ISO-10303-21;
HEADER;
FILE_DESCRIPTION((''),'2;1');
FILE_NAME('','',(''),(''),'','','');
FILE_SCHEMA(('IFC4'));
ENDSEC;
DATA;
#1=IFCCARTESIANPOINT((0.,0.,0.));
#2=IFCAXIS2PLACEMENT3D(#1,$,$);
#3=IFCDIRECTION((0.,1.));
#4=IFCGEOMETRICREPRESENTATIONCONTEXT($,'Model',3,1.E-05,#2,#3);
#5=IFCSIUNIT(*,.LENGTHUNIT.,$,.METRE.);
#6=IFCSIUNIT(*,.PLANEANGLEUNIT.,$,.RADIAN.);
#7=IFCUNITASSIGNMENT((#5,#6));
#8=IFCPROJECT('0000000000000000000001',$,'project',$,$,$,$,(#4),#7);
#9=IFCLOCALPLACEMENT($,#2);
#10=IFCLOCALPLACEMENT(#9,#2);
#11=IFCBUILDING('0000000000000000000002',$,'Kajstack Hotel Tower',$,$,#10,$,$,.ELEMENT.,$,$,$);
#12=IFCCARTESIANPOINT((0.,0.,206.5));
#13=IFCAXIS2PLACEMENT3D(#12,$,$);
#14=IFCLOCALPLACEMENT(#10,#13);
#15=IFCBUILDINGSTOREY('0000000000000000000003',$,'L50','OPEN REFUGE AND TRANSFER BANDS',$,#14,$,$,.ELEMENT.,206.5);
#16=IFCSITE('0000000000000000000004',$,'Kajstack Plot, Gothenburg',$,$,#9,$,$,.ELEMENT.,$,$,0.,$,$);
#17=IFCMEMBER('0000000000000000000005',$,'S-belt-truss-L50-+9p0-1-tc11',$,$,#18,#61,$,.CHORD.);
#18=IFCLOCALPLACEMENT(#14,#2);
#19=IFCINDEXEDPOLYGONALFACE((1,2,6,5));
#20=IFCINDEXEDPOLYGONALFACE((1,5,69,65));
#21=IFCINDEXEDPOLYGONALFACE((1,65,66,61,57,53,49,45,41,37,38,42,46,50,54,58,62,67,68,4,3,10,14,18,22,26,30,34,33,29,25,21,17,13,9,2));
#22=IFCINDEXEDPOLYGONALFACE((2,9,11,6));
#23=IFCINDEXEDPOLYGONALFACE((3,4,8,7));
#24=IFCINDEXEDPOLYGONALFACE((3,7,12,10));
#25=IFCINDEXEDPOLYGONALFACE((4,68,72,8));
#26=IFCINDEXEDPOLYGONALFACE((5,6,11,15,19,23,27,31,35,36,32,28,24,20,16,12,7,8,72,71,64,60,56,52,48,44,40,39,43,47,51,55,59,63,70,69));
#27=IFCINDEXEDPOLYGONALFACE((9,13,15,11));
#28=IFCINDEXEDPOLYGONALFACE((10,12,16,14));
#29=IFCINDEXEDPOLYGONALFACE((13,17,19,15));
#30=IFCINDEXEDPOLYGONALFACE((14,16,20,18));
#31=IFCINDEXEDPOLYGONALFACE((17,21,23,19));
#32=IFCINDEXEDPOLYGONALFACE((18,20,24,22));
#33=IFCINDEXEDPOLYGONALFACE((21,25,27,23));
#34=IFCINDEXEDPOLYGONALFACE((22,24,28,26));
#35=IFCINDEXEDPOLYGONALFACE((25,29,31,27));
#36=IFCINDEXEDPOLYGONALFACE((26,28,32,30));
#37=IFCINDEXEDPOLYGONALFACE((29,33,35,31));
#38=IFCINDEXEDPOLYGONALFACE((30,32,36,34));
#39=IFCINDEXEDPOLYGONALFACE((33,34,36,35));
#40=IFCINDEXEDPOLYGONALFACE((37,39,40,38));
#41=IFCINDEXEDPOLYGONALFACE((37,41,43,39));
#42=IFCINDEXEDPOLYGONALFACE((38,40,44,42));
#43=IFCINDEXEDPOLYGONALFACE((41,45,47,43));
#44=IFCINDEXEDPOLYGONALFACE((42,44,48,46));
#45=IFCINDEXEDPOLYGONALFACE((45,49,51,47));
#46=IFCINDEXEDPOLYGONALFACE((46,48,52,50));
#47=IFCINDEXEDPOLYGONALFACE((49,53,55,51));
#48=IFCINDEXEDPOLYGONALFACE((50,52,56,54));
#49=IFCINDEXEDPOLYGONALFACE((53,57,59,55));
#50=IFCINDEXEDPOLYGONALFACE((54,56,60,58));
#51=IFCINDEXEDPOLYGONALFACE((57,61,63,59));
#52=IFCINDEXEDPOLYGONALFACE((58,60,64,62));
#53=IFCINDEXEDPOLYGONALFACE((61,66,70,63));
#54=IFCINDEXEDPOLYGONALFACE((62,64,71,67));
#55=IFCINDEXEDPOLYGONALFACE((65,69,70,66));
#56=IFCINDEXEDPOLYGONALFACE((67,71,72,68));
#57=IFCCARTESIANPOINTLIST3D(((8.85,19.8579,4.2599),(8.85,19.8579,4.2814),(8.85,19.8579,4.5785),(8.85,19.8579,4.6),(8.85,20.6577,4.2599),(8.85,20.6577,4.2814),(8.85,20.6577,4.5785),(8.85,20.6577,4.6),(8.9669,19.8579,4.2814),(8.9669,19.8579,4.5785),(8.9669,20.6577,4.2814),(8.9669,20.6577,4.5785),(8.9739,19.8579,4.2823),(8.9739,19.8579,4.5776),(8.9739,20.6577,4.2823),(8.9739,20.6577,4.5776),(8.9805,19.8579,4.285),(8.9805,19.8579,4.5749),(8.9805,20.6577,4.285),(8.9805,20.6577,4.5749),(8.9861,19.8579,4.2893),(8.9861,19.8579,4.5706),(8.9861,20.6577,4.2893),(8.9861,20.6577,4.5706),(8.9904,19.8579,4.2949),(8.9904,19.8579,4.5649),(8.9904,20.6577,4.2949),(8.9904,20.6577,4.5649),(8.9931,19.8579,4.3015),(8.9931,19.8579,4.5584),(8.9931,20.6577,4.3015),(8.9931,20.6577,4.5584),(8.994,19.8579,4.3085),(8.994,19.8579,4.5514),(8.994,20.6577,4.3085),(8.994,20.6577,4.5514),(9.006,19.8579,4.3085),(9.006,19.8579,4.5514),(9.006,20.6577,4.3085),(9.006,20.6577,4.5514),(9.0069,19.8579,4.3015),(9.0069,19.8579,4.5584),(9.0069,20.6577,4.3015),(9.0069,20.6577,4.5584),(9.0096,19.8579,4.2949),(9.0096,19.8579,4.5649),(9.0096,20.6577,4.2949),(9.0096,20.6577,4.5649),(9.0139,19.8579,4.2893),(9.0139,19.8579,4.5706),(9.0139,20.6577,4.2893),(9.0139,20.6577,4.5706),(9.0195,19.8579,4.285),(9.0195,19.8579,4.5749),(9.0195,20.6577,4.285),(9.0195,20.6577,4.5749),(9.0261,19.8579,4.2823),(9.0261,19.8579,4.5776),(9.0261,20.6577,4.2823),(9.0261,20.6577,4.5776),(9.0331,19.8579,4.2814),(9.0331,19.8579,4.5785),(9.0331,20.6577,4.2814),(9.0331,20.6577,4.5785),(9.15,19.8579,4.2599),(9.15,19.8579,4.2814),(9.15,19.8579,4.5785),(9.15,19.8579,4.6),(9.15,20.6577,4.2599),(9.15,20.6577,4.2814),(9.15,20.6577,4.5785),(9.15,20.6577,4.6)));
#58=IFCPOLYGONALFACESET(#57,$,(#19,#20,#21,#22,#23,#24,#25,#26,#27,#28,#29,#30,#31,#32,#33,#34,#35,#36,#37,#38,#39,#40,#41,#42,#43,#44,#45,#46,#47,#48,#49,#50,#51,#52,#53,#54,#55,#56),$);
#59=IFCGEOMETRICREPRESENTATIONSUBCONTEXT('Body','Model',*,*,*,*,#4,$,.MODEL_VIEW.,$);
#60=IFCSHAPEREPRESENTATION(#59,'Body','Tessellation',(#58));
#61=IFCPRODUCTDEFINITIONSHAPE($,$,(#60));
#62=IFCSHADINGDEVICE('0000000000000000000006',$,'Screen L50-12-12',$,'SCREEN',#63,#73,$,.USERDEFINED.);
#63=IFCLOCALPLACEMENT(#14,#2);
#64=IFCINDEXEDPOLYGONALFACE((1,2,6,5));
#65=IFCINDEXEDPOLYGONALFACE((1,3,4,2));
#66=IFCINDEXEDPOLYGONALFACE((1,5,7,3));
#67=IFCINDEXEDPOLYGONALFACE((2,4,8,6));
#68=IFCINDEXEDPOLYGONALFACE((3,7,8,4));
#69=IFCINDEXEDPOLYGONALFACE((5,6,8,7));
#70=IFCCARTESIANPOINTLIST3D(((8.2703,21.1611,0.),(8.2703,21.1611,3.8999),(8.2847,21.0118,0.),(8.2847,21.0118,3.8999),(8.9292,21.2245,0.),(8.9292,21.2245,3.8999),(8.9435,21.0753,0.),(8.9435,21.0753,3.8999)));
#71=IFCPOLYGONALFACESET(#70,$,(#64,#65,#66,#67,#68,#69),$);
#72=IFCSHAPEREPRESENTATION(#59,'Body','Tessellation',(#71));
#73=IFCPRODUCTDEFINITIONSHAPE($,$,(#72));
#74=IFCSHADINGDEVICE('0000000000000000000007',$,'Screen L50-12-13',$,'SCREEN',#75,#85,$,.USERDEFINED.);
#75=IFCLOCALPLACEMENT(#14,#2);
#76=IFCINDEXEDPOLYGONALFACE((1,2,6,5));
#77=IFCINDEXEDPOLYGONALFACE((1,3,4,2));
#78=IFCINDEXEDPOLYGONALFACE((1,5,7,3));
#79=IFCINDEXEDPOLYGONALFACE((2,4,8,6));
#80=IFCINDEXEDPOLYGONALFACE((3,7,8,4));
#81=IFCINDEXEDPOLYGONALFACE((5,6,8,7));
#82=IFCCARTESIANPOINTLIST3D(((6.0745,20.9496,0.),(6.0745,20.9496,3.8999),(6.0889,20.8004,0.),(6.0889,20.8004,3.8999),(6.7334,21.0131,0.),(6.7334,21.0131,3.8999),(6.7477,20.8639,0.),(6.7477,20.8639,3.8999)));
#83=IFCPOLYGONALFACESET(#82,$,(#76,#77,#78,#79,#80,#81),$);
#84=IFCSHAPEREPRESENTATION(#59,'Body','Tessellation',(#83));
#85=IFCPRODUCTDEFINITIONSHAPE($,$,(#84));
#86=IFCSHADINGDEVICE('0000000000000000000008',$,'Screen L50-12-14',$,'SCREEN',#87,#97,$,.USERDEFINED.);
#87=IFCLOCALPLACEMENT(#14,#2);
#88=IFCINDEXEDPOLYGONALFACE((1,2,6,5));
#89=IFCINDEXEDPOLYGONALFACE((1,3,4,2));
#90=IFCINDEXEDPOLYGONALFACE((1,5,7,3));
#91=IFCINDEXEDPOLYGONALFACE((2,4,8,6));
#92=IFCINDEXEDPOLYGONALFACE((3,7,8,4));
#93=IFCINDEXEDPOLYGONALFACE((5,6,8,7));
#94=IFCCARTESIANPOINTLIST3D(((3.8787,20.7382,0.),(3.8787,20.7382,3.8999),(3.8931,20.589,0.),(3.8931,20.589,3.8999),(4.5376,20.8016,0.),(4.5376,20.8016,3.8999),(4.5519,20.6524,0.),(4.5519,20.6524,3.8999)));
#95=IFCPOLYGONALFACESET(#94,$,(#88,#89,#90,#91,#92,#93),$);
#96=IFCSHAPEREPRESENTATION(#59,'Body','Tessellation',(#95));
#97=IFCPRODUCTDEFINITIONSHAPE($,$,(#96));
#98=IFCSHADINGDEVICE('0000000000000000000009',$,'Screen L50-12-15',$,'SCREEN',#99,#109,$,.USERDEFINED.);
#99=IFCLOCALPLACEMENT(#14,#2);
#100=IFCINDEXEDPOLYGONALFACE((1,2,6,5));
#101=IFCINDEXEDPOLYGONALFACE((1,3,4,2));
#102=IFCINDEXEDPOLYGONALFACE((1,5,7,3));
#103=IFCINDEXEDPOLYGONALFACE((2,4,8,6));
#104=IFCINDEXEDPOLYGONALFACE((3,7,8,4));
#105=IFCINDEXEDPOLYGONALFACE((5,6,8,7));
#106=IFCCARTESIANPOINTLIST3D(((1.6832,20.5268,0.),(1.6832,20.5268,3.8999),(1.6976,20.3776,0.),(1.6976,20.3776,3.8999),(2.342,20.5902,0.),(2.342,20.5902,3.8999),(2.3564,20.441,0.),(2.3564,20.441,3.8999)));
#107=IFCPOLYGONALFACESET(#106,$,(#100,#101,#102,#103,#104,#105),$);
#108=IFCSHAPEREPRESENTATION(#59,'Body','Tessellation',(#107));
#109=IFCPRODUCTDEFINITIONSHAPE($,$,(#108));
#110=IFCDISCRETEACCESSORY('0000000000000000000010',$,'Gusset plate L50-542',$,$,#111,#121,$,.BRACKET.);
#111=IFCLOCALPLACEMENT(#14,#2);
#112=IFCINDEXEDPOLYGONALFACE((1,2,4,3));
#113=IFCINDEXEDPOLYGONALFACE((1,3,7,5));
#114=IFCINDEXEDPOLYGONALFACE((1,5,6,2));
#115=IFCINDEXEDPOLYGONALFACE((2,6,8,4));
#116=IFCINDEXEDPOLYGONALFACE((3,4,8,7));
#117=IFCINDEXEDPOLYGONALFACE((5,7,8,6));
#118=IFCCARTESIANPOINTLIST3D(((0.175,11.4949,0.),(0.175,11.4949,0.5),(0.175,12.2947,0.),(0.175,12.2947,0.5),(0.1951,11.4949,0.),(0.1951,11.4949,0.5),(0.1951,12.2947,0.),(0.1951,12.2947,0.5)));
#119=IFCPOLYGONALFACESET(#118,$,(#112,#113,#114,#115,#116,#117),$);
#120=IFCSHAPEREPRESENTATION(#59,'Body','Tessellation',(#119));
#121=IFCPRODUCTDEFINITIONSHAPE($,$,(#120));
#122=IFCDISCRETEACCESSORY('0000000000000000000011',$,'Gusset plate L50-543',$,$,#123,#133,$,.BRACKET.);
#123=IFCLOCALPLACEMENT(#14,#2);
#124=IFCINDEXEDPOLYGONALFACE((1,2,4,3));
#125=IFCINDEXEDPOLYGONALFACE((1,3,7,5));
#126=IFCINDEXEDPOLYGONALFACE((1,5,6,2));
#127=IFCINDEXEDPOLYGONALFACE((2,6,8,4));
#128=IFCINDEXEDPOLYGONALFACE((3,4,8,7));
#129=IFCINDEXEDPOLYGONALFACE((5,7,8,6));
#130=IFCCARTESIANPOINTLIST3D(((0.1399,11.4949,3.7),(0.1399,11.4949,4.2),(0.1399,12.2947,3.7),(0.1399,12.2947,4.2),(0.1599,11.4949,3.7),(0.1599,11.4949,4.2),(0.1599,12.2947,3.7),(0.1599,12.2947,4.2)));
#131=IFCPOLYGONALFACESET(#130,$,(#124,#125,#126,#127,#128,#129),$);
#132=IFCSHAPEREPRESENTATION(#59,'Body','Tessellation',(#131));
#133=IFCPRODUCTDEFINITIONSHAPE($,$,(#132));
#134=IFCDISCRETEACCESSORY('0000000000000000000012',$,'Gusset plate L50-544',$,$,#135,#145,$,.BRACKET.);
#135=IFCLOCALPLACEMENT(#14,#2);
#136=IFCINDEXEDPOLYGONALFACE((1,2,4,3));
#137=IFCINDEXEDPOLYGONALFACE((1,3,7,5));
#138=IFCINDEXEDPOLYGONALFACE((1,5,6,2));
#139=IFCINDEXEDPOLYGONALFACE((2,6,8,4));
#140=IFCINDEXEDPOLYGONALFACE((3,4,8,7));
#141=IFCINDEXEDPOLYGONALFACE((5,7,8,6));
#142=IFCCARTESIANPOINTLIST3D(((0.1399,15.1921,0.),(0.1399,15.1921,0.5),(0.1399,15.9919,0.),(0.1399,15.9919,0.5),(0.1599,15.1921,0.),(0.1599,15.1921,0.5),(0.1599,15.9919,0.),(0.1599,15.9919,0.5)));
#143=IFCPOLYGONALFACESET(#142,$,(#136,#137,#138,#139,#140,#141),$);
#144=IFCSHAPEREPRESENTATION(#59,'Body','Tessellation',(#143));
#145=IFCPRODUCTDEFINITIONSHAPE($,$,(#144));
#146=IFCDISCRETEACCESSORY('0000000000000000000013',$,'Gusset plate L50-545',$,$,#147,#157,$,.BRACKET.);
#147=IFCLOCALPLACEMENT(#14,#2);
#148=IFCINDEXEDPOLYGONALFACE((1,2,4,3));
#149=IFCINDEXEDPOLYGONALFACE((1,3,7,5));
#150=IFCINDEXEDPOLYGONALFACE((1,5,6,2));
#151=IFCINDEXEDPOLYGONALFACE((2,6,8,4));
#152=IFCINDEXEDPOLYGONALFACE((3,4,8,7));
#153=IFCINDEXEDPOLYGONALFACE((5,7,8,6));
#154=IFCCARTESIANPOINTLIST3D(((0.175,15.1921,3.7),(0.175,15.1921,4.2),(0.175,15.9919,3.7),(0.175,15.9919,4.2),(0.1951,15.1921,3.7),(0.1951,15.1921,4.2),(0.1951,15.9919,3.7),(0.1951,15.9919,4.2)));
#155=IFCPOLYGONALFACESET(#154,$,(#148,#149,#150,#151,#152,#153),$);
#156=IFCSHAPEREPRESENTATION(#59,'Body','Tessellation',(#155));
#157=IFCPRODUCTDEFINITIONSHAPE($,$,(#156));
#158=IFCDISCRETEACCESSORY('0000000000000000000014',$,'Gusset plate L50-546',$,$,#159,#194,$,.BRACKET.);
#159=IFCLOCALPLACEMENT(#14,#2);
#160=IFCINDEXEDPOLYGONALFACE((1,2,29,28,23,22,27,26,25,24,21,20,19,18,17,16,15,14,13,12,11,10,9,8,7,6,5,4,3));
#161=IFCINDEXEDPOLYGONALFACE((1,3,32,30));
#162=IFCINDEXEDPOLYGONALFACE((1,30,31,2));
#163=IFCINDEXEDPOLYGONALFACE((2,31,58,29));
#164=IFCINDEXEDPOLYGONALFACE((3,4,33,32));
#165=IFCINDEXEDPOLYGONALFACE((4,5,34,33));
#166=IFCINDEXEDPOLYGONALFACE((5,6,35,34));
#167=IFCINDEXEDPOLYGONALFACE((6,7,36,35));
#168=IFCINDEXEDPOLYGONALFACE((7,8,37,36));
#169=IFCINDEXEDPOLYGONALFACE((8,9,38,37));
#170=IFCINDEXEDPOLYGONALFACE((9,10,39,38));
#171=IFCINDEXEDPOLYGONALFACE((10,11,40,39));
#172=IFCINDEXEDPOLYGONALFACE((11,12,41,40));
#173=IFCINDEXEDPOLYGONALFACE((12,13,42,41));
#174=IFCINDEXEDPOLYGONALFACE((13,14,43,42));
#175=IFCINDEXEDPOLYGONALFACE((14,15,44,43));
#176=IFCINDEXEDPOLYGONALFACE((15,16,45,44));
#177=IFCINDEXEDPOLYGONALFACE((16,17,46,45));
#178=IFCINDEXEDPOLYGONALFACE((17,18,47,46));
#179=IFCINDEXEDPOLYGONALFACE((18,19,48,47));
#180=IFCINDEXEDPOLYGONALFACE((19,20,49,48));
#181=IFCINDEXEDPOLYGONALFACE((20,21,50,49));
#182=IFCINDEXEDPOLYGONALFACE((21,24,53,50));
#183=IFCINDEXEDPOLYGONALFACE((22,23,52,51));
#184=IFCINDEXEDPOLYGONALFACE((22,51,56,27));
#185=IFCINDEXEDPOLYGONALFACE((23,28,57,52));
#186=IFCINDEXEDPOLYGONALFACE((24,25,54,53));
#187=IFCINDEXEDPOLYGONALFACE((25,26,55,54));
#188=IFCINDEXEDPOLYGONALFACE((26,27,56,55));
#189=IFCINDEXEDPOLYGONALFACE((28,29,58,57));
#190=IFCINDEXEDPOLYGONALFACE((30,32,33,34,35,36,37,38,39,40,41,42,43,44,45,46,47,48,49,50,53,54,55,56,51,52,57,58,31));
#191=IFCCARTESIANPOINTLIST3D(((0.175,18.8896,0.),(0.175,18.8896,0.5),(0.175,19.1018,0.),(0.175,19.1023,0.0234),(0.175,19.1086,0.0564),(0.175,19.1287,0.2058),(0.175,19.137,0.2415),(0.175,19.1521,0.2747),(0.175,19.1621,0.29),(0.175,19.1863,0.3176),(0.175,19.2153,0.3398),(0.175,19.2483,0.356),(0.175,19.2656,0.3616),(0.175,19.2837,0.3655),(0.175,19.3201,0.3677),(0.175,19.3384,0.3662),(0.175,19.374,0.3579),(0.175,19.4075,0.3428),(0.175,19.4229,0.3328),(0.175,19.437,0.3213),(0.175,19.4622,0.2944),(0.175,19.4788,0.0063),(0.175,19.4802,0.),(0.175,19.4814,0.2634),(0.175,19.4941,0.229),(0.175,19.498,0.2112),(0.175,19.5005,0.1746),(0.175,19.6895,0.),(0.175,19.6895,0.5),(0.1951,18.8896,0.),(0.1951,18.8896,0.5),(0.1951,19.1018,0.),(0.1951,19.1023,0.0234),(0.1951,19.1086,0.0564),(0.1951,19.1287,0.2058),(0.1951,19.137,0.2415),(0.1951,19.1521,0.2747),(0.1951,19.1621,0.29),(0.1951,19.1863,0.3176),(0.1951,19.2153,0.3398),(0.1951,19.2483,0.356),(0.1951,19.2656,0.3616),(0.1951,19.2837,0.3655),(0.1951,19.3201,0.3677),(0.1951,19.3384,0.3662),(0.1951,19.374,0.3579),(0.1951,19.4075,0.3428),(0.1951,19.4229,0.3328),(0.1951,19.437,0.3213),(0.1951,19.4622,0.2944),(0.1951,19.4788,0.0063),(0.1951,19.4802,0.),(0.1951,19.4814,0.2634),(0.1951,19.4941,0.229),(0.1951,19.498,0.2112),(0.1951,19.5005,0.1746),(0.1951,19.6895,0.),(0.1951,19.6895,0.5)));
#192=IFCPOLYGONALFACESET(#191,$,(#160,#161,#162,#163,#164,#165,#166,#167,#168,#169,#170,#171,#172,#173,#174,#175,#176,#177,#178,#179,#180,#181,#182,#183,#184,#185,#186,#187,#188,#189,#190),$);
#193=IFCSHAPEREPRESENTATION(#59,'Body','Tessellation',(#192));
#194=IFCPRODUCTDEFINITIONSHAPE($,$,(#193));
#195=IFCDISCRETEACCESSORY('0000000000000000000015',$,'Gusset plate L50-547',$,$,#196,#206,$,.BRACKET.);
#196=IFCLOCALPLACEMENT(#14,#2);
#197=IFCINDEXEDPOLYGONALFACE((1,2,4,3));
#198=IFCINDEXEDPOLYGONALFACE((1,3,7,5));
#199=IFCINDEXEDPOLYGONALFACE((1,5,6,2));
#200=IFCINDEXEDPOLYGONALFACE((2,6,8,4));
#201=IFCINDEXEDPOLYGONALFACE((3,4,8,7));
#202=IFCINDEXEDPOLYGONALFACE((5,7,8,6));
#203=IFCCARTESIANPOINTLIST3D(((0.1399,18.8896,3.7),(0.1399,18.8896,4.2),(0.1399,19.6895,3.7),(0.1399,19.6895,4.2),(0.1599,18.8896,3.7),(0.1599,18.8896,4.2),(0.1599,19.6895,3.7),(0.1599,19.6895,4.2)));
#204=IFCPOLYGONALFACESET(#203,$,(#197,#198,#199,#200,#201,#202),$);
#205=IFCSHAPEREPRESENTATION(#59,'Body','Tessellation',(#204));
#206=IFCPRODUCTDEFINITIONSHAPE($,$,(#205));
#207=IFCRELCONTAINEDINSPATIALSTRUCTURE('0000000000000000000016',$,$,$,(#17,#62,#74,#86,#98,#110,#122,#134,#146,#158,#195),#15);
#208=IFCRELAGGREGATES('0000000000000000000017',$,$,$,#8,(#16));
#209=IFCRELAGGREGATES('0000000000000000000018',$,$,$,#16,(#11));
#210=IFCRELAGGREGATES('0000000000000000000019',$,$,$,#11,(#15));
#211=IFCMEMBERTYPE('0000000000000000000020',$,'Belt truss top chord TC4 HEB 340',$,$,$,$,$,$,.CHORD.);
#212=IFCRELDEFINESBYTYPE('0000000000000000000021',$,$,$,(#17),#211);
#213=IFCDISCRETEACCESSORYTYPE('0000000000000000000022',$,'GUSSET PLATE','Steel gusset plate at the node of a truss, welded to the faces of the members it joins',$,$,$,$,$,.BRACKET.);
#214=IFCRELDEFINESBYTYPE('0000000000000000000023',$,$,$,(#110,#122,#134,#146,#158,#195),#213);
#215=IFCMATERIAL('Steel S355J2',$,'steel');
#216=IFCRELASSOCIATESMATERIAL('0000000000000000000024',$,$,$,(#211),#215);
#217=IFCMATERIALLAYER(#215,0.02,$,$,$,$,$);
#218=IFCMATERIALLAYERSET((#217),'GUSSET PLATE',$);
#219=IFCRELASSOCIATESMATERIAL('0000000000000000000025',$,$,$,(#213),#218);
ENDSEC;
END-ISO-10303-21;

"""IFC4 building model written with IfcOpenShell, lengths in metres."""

from ifc_helpers import new_model, si_unit, direction, frame, origin, origin_2d, place, context, subcontext, project, spatial, polyline, rectangle, i_section, outline, extrude, material, layer, layer_set, material_profile, profile_set, type_object, element, save


model = new_model("IFC4")

# Units and contexts
model_context = context("Model", 3, precision=1e-05, world=origin(), true_north=direction((0.0, 1.0)))
body_context = subcontext(model_context, "Body", "Model", "MODEL_VIEW")
ifc_project = project(units=[si_unit("LENGTHUNIT", "METRE"), si_unit("PLANEANGLEUNIT", "RADIAN")], contexts=[model_context])

# Site, building, storey
site_placement = place(None, origin())
site = spatial("IfcSite", under=ifc_project, at=site_placement, Name="Kajstack Plot, Gothenburg", CompositionType="ELEMENT", RefElevation=0.0)
building_placement = place(site_placement, origin())
building = spatial("IfcBuilding", under=site, at=building_placement, Name="Kajstack Hotel Tower", CompositionType="ELEMENT")
storey_placement = place(building_placement, frame((0.0, 0.0, 206.5)))
storey = spatial("IfcBuildingStorey", under=building, at=storey_placement, Name="L50", Description="OPEN REFUGE AND TRANSFER BANDS", CompositionType="ELEMENT", Elevation=206.5)

# Member
ifc_material = material(Name="Steel S355J2", Category="steel")
ifc_material_profile_1 = material_profile(ifc_material, i_section(OverallWidth=0.3, OverallDepth=0.3401, WebThickness=0.012, FlangeThickness=0.0215, FilletRadius=0.0271, at=origin_2d()), Name="HEB 340")
ifc_profile_set_1 = profile_set([ifc_material_profile_1], Name="Steel S355J2")
member_type_1 = type_object("IfcMemberType", Name="Belt truss top chord TC4 HEB 340", PredefinedType="CHORD", material=ifc_profile_set_1)
member_1_placement = place(storey_placement, frame((9.0, 19.8579, 4.4299), z_axis=(0.0, 1.0, 0.0), x_axis=(-1.0, 0.0, 0.0)))
element("IfcMember", 1, at=member_1_placement, inside=storey, type_object=member_type_1, Name="S-belt-truss-L50-+9p0-1-tc11", PredefinedType="CHORD", context=body_context, shape_type="SweptSolid", body=[
    extrude(i_section(OverallWidth=0.3, OverallDepth=0.3401, WebThickness=0.012, FlangeThickness=0.0215, FilletRadius=0.0271, at=origin_2d()), origin(), (0.0, 0.0, 1.0), 0.7998),
])

# Shading devices
for number, where, z_axis, x_axis, name in (
    (2, (8.6069, 21.1182, 0.0), (0.0, 0.0, 1.0), (-0.995396, -0.095845, 0.0), "Screen L50-12-12"),
    (3, (6.4111, 20.9067, 0.0), (0.0, 0.0, 1.0), (-0.995396, -0.095845, 0.0), "Screen L50-12-13"),
    (4, (4.2153, 20.6953, 0.0), (0.0, 0.0, 1.0), (-0.995396, -0.095845, 0.0), "Screen L50-12-14"),
    (5, (2.0198, 20.4839, 0.0), (0.0, 0.0, 1.0), (-0.995396, -0.095845, 0.0), "Screen L50-12-15"),
):
    element("IfcShadingDevice", number, at=place(storey_placement, frame(where, z_axis=z_axis, x_axis=x_axis)), inside=storey, Name=name, ObjectType="SCREEN", PredefinedType="USERDEFINED", context=body_context, shape_type="SweptSolid", body=[
        extrude(rectangle(XDim=0.6619, YDim=0.1499, at=origin_2d()), origin(), (0.0, 0.0, 1.0), 3.8999),
    ])

# Discrete accessories
ifc_layer = layer(ifc_material, 0.02)
ifc_layer_set = layer_set([ifc_layer], Name="GUSSET PLATE")
discrete_accessory_type = type_object("IfcDiscreteAccessoryType", Name="GUSSET PLATE", Description="Steel gusset plate at the node of a truss, welded to the faces of the members it joins", PredefinedType="BRACKET", material=ifc_layer_set)
for number, where, z_axis, x_axis, name in (
    (6, (0.175, 11.8948, 0.0), (1.0, 0.0, 0.0), (0.0, 1.0, 0.0), "Gusset plate L50-542"),
    (7, (0.1399, 11.8948, 3.7), (1.0, 0.0, 0.0), (0.0, 1.0, 0.0), "Gusset plate L50-543"),
    (8, (0.1399, 15.592, 0.0), (1.0, 0.0, 0.0), (0.0, 1.0, 0.0), "Gusset plate L50-544"),
    (9, (0.175, 15.592, 3.7), (1.0, 0.0, 0.0), (0.0, 1.0, 0.0), "Gusset plate L50-545"),
):
    element("IfcDiscreteAccessory", number, at=place(storey_placement, frame(where, z_axis=z_axis, x_axis=x_axis)), inside=storey, type_object=discrete_accessory_type, Name=name, PredefinedType="BRACKET", context=body_context, shape_type="SweptSolid", body=[
        extrude(outline(polyline([(-0.3999, 0.0), (0.3999, 0.0), (0.3999, 0.5), (-0.3999, 0.5), (-0.3999, 0.0)])), origin(), (0.0, 0.0, 1.0), 0.02),
    ])
discrete_accessory_1_placement = place(storey_placement, frame((0.175, 19.2896, 0.0), z_axis=(1.0, 0.0, 0.0), x_axis=(0.0, 1.0, 0.0)))
element("IfcDiscreteAccessory", 10, at=discrete_accessory_1_placement, inside=storey, type_object=discrete_accessory_type, Name="Gusset plate L50-546", PredefinedType="BRACKET", context=body_context, shape_type="SweptSolid", body=[
    extrude(outline(polyline([(-0.3999, 0.0), (-0.1877, 0.0), (-0.1873, 0.0234), (-0.1809, 0.0564), (-0.1609, 0.2058), (-0.1526, 0.2415), (-0.1375, 0.2747), (-0.1274, 0.29), (-0.1033, 0.3176), (-0.0742, 0.3398), (-0.0413, 0.356), (-0.0239, 0.3616), (-0.0059, 0.3655), (0.0305, 0.3677), (0.0488, 0.3662), (0.0845, 0.3579), (0.1179, 0.3428), (0.1333, 0.3328), (0.1475, 0.3213), (0.1726, 0.2944), (0.1919, 0.2634), (0.2046, 0.229), (0.2085, 0.2112), (0.2109, 0.1746), (0.1892, 0.0063), (0.1907, 0.0), (0.3999, 0.0), (0.3999, 0.5), (-0.3999, 0.5), (-0.3999, 0.0)])), origin(), (0.0, 0.0, 1.0), 0.02),
])
discrete_accessory_2_placement = place(storey_placement, frame((0.1399, 19.2896, 3.7), z_axis=(1.0, 0.0, 0.0), x_axis=(0.0, 1.0, 0.0)))
element("IfcDiscreteAccessory", 11, at=discrete_accessory_2_placement, inside=storey, type_object=discrete_accessory_type, Name="Gusset plate L50-547", PredefinedType="BRACKET", context=body_context, shape_type="SweptSolid", body=[
    extrude(outline(polyline([(-0.3999, 0.0), (0.3999, 0.0), (0.3999, 0.5), (-0.3999, 0.5), (-0.3999, 0.0)])), origin(), (0.0, 0.0, 1.0), 0.02),
])

save(model, "model.ifc")
